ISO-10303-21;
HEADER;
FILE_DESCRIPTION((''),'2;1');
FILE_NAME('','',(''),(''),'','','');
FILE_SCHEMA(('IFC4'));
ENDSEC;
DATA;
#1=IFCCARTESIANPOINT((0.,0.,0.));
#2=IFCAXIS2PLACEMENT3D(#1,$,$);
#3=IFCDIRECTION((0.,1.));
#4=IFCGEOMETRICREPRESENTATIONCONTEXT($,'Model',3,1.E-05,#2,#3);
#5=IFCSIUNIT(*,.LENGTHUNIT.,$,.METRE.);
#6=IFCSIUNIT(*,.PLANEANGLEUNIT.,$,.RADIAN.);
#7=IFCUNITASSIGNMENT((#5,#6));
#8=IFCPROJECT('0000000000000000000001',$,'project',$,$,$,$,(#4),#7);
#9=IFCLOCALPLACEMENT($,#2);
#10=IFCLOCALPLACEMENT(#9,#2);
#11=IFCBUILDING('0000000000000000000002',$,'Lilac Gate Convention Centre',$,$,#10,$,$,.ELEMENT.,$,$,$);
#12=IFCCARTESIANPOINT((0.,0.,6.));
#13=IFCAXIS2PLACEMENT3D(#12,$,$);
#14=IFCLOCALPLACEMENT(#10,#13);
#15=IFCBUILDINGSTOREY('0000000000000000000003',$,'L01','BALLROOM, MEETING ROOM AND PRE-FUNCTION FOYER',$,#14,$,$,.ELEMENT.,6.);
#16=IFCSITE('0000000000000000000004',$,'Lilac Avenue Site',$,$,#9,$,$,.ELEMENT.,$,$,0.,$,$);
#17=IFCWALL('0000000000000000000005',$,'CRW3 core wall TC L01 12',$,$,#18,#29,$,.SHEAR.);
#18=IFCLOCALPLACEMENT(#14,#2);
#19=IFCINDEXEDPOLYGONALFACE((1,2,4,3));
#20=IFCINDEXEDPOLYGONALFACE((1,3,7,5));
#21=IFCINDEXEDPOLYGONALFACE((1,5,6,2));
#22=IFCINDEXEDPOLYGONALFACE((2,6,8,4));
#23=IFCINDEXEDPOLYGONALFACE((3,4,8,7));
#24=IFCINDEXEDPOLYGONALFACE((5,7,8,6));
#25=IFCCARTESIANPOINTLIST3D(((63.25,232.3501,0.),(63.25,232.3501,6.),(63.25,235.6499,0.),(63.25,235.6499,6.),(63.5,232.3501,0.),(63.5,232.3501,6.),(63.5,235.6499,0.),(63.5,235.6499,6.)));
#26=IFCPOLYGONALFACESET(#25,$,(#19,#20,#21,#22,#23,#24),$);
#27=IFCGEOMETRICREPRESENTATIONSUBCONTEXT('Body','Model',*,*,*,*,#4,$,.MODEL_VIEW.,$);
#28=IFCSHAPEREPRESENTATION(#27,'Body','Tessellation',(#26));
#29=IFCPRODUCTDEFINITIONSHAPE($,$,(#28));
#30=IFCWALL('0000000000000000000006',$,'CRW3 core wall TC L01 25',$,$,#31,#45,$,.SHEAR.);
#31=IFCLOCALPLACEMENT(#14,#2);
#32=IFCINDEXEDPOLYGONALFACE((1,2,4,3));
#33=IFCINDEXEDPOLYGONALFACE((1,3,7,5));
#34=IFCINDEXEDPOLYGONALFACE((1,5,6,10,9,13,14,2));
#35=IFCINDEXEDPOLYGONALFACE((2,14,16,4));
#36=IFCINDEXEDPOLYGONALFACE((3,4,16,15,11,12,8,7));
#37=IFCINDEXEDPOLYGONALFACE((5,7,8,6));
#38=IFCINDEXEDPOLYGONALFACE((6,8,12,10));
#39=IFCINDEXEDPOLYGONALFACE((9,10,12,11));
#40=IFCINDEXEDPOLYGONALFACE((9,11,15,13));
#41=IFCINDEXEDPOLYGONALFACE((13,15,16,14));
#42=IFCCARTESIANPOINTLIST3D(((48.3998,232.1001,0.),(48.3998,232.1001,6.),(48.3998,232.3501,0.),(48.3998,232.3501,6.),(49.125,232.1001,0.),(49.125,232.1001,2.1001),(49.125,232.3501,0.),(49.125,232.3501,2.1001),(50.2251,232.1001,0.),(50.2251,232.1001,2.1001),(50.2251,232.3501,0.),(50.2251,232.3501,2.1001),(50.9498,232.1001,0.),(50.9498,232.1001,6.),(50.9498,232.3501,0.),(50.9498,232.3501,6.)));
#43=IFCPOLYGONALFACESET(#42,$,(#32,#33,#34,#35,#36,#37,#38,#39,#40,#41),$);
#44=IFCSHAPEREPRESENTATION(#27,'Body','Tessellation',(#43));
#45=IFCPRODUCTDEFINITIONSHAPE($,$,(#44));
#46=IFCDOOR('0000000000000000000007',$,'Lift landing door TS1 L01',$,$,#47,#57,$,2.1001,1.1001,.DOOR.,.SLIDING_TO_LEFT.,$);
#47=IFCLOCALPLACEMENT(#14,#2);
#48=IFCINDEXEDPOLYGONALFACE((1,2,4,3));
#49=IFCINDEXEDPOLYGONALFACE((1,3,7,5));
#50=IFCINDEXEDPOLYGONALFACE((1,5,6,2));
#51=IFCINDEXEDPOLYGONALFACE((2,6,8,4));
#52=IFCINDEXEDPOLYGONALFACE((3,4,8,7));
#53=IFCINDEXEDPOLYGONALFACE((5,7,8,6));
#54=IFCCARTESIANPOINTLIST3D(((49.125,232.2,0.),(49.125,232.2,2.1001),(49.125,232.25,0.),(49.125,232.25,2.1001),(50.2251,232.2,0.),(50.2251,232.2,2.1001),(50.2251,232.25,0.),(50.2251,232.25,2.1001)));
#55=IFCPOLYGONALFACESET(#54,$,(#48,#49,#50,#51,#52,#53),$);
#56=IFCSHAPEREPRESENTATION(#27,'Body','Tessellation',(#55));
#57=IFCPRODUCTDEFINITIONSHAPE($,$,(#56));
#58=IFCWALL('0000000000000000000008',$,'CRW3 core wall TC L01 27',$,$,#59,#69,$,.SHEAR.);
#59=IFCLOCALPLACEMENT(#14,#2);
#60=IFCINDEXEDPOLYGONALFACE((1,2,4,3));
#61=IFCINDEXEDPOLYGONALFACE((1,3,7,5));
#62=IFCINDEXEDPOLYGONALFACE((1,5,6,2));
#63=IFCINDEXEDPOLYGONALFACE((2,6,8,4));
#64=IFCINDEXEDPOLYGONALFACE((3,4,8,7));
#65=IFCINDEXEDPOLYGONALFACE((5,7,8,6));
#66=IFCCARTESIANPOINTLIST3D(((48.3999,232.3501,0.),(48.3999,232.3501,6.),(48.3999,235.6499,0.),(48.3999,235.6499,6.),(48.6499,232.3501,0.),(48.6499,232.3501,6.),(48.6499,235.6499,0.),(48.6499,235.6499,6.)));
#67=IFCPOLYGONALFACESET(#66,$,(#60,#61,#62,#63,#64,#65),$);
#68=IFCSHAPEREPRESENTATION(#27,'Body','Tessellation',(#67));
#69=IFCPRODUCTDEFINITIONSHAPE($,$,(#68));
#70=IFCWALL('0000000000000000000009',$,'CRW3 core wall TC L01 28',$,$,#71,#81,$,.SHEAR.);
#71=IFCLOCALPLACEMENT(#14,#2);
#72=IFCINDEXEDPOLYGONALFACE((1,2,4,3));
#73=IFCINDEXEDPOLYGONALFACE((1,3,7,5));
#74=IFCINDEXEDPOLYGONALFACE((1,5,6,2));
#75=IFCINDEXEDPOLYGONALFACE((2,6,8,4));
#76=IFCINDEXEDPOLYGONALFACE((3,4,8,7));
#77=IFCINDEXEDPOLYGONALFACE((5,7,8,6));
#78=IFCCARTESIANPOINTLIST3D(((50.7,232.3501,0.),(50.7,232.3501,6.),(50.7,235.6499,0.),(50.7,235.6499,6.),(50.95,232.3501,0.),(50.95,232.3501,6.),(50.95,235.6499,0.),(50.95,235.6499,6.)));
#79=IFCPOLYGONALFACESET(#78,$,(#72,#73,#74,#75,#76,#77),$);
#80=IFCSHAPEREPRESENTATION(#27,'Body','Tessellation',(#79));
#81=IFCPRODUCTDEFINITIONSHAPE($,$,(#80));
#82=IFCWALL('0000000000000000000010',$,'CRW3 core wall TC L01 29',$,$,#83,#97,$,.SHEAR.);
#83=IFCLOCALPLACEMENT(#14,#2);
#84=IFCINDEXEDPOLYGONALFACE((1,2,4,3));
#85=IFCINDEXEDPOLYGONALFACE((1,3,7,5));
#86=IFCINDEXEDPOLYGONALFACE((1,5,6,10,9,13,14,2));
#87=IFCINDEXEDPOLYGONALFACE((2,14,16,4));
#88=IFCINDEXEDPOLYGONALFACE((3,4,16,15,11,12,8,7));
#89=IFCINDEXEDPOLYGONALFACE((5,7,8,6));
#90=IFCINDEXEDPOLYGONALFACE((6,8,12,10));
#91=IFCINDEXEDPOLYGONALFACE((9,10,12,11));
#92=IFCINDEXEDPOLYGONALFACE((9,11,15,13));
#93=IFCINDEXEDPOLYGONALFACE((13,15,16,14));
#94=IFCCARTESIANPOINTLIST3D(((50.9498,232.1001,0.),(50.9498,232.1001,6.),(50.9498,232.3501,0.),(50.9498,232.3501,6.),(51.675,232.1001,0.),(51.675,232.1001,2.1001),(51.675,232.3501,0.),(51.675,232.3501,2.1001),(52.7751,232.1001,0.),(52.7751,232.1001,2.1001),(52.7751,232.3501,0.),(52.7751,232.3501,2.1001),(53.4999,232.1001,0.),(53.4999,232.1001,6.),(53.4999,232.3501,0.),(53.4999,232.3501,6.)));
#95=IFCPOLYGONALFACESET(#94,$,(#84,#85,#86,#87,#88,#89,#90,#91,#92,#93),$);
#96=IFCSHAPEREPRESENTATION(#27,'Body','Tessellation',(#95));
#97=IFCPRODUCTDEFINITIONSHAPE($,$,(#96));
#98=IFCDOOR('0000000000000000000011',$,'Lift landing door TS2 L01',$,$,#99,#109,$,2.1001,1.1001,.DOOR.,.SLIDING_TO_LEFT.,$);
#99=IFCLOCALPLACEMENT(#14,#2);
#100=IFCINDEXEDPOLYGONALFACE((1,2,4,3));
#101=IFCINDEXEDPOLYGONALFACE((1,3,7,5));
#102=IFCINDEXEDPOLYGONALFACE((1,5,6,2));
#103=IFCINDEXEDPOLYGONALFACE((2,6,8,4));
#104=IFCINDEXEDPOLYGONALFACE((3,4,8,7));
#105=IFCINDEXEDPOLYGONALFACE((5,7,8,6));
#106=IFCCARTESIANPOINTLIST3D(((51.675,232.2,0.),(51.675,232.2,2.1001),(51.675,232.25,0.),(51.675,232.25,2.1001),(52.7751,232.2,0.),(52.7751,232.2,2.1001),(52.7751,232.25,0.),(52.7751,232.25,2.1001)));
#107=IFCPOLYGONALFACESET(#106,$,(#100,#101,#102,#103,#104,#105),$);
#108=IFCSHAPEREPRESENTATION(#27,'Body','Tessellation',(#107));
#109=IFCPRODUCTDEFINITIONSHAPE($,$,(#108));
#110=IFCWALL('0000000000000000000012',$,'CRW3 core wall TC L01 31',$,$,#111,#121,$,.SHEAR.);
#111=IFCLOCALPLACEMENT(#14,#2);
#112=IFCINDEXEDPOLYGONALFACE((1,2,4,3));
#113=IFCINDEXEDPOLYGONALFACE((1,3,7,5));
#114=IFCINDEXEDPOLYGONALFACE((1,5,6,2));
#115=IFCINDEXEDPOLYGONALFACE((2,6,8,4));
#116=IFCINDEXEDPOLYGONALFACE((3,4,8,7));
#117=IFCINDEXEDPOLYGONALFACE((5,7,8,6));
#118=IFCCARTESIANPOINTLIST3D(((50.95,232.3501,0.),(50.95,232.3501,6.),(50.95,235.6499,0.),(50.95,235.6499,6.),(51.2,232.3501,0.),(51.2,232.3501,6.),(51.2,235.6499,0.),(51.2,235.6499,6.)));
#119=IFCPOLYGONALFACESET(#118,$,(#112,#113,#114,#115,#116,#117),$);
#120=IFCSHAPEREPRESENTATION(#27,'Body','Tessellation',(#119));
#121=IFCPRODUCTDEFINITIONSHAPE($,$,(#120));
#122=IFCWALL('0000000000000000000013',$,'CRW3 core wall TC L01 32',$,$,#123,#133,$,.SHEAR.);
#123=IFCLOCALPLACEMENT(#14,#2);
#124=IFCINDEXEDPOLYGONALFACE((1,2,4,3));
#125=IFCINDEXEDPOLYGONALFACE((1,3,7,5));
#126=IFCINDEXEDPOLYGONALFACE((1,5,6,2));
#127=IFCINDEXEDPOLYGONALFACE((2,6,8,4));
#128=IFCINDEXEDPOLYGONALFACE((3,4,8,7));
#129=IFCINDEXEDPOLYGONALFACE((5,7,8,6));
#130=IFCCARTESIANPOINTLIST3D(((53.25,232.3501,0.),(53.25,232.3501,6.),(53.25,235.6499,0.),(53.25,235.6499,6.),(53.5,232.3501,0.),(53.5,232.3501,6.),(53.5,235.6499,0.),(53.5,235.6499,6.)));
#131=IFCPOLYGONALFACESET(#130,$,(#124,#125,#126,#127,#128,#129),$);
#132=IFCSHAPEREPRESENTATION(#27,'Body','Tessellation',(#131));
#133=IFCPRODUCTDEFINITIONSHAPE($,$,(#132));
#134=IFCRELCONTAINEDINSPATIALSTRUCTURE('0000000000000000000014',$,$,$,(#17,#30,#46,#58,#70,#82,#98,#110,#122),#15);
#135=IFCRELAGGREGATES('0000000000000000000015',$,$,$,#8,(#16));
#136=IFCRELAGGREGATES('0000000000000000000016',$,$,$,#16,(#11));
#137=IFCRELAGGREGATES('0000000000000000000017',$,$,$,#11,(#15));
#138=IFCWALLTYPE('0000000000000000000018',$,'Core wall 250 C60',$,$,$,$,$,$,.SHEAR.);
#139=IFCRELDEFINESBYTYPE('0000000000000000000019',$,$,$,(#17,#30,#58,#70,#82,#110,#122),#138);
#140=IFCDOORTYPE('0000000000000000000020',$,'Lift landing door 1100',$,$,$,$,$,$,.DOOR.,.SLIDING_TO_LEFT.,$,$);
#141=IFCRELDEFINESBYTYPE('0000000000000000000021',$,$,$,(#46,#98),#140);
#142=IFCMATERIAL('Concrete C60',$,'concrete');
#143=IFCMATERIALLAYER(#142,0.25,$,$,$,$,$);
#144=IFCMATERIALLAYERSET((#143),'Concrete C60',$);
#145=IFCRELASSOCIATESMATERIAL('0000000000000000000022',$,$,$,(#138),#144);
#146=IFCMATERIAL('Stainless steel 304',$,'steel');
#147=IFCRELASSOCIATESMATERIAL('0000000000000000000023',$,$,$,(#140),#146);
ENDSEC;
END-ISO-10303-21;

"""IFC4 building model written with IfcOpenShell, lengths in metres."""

from ifc_helpers import new_model, si_unit, direction, frame, frame_2d, origin, place, context, subcontext, project, spatial, rectangle, extrude, material, layer, layer_set, type_object, element, fill, save


model = new_model("IFC4")

# Units and contexts
model_context = context("Model", 3, precision=1e-05, world=origin(), true_north=direction((0.0, 1.0)))
body_context = subcontext(model_context, "Body", "Model", "MODEL_VIEW")
ifc_project = project(units=[si_unit("LENGTHUNIT", "METRE"), si_unit("PLANEANGLEUNIT", "RADIAN")], contexts=[model_context])

# Site, building, storey
site_placement = place(None, origin())
site = spatial("IfcSite", under=ifc_project, at=site_placement, Name="Lilac Avenue Site", CompositionType="ELEMENT", RefElevation=0.0)
building_placement = place(site_placement, origin())
building = spatial("IfcBuilding", under=site, at=building_placement, Name="Lilac Gate Convention Centre", CompositionType="ELEMENT")
storey_placement = place(building_placement, frame((0.0, 0.0, 6.0)))
storey = spatial("IfcBuildingStorey", under=building, at=storey_placement, Name="L01", Description="BALLROOM, MEETING ROOM AND PRE-FUNCTION FOYER", CompositionType="ELEMENT", Elevation=6.0)

# Shared definitions
ifc_material_1 = material(Name="Concrete C60", Category="concrete")
ifc_layer = layer(ifc_material_1, 0.25)
ifc_layer_set = layer_set([ifc_layer], Name="Concrete C60")
wall_type = type_object("IfcWallType", Name="Core wall 250 C60", PredefinedType="SHEAR", material=ifc_layer_set)
ifc_material_2 = material(Name="Stainless steel 304", Category="steel")
door_type = type_object("IfcDoorType", Name="Lift landing door 1100", OperationType="SLIDING_TO_LEFT", PredefinedType="DOOR", material=ifc_material_2)

# Wall
for number, where, z_axis, x_axis, name in (
    (1, (63.375, 232.3501, 0.0), (0.0, 0.0, 1.0), (0.0, 1.0, 0.0), "CRW3 core wall TC L01 12"),
):
    element("IfcWall", number, at=place(storey_placement, frame(where, z_axis=z_axis, x_axis=x_axis)), inside=storey, type_object=wall_type, Name=name, PredefinedType="SHEAR", context=body_context, shape_type="SweptSolid", body=[
        extrude(rectangle(XDim=3.2998, YDim=0.25, at=frame_2d((1.6499, 0.0))), origin(), (0.0, 0.0, 1.0), 6.0),
    ])

# Wall, opening, door
wall_1_placement = place(storey_placement, frame((48.3999, 232.2251, 0.0), z_axis=(0.0, 0.0, 1.0), x_axis=(1.0, 0.0, 0.0)))
wall_1 = element("IfcWall", 2, at=wall_1_placement, inside=storey, type_object=wall_type, Name="CRW3 core wall TC L01 25", PredefinedType="SHEAR", context=body_context, shape_type="SweptSolid", body=[
    extrude(rectangle(XDim=2.55, YDim=0.25, at=frame_2d((1.2749, 0.0))), origin(), (0.0, 0.0, 1.0), 6.0),
])
opening_1_placement = place(wall_1_placement, frame((0.7251, 0.0, 0.0)))
opening_1 = element("IfcOpeningElement", 3, at=opening_1_placement, cuts=wall_1, PredefinedType="OPENING", context=body_context, shape_type="SweptSolid", body=[
    extrude(rectangle(XDim=1.1001, YDim=2.1001, at=frame_2d((0.55, 1.05))), frame((0.0, 0.135, 0.0), z_axis=(0.0, -1.0, 0.0), x_axis=(1.0, 0.0, 0.0)), (0.0, 0.0, 1.0), 0.27),
])
door_1_placement = place(opening_1_placement, origin())
door_1 = element("IfcDoor", 4, at=door_1_placement, inside=storey, type_object=door_type, Name="Lift landing door TS1 L01", OperationType="SLIDING_TO_LEFT", OverallHeight=2.1001, OverallWidth=1.1001, PredefinedType="DOOR", context=body_context, shape_type="SweptSolid", body=[
    extrude(rectangle(XDim=1.1001, YDim=2.1001, at=frame_2d((0.55, 1.05))), frame((0.0, 0.0249, 0.0), z_axis=(0.0, -1.0, 0.0), x_axis=(1.0, 0.0, 0.0)), (0.0, 0.0, 1.0), 0.05),
])
fill(opening_1, door_1)

# Walls
for number, where, z_axis, x_axis, name in (
    (5, (48.5249, 232.3501, 0.0), (0.0, 0.0, 1.0), (0.0, 1.0, 0.0), "CRW3 core wall TC L01 27"),
    (6, (50.825, 232.3501, 0.0), (0.0, 0.0, 1.0), (0.0, 1.0, 0.0), "CRW3 core wall TC L01 28"),
):
    element("IfcWall", number, at=place(storey_placement, frame(where, z_axis=z_axis, x_axis=x_axis)), inside=storey, type_object=wall_type, Name=name, PredefinedType="SHEAR", context=body_context, shape_type="SweptSolid", body=[
        extrude(rectangle(XDim=3.2998, YDim=0.25, at=frame_2d((1.6499, 0.0))), origin(), (0.0, 0.0, 1.0), 6.0),
    ])

# Wall, opening, door
wall_2_placement = place(storey_placement, frame((50.95, 232.2251, 0.0), z_axis=(0.0, 0.0, 1.0), x_axis=(1.0, 0.0, 0.0)))
wall_2 = element("IfcWall", 7, at=wall_2_placement, inside=storey, type_object=wall_type, Name="CRW3 core wall TC L01 29", PredefinedType="SHEAR", context=body_context, shape_type="SweptSolid", body=[
    extrude(rectangle(XDim=2.55, YDim=0.25, at=frame_2d((1.2749, 0.0))), origin(), (0.0, 0.0, 1.0), 6.0),
])
opening_2_placement = place(wall_2_placement, frame((0.7251, 0.0, 0.0)))
opening_2 = element("IfcOpeningElement", 8, at=opening_2_placement, cuts=wall_2, PredefinedType="OPENING", context=body_context, shape_type="SweptSolid", body=[
    extrude(rectangle(XDim=1.1001, YDim=2.1001, at=frame_2d((0.55, 1.05))), frame((0.0, 0.135, 0.0), z_axis=(0.0, -1.0, 0.0), x_axis=(1.0, 0.0, 0.0)), (0.0, 0.0, 1.0), 0.27),
])
door_2_placement = place(opening_2_placement, origin())
door_2 = element("IfcDoor", 9, at=door_2_placement, inside=storey, type_object=door_type, Name="Lift landing door TS2 L01", OperationType="SLIDING_TO_LEFT", OverallHeight=2.1001, OverallWidth=1.1001, PredefinedType="DOOR", context=body_context, shape_type="SweptSolid", body=[
    extrude(rectangle(XDim=1.1001, YDim=2.1001, at=frame_2d((0.55, 1.05))), frame((0.0, 0.0249, 0.0), z_axis=(0.0, -1.0, 0.0), x_axis=(1.0, 0.0, 0.0)), (0.0, 0.0, 1.0), 0.05),
])
fill(opening_2, door_2)

# Walls
for number, where, z_axis, x_axis, name in (
    (10, (51.075, 232.3501, 0.0), (0.0, 0.0, 1.0), (0.0, 1.0, 0.0), "CRW3 core wall TC L01 31"),
    (11, (53.375, 232.3501, 0.0), (0.0, 0.0, 1.0), (0.0, 1.0, 0.0), "CRW3 core wall TC L01 32"),
):
    element("IfcWall", number, at=place(storey_placement, frame(where, z_axis=z_axis, x_axis=x_axis)), inside=storey, type_object=wall_type, Name=name, PredefinedType="SHEAR", context=body_context, shape_type="SweptSolid", body=[
        extrude(rectangle(XDim=3.2998, YDim=0.25, at=frame_2d((1.6499, 0.0))), origin(), (0.0, 0.0, 1.0), 6.0),
    ])

save(model, "model.ifc")
